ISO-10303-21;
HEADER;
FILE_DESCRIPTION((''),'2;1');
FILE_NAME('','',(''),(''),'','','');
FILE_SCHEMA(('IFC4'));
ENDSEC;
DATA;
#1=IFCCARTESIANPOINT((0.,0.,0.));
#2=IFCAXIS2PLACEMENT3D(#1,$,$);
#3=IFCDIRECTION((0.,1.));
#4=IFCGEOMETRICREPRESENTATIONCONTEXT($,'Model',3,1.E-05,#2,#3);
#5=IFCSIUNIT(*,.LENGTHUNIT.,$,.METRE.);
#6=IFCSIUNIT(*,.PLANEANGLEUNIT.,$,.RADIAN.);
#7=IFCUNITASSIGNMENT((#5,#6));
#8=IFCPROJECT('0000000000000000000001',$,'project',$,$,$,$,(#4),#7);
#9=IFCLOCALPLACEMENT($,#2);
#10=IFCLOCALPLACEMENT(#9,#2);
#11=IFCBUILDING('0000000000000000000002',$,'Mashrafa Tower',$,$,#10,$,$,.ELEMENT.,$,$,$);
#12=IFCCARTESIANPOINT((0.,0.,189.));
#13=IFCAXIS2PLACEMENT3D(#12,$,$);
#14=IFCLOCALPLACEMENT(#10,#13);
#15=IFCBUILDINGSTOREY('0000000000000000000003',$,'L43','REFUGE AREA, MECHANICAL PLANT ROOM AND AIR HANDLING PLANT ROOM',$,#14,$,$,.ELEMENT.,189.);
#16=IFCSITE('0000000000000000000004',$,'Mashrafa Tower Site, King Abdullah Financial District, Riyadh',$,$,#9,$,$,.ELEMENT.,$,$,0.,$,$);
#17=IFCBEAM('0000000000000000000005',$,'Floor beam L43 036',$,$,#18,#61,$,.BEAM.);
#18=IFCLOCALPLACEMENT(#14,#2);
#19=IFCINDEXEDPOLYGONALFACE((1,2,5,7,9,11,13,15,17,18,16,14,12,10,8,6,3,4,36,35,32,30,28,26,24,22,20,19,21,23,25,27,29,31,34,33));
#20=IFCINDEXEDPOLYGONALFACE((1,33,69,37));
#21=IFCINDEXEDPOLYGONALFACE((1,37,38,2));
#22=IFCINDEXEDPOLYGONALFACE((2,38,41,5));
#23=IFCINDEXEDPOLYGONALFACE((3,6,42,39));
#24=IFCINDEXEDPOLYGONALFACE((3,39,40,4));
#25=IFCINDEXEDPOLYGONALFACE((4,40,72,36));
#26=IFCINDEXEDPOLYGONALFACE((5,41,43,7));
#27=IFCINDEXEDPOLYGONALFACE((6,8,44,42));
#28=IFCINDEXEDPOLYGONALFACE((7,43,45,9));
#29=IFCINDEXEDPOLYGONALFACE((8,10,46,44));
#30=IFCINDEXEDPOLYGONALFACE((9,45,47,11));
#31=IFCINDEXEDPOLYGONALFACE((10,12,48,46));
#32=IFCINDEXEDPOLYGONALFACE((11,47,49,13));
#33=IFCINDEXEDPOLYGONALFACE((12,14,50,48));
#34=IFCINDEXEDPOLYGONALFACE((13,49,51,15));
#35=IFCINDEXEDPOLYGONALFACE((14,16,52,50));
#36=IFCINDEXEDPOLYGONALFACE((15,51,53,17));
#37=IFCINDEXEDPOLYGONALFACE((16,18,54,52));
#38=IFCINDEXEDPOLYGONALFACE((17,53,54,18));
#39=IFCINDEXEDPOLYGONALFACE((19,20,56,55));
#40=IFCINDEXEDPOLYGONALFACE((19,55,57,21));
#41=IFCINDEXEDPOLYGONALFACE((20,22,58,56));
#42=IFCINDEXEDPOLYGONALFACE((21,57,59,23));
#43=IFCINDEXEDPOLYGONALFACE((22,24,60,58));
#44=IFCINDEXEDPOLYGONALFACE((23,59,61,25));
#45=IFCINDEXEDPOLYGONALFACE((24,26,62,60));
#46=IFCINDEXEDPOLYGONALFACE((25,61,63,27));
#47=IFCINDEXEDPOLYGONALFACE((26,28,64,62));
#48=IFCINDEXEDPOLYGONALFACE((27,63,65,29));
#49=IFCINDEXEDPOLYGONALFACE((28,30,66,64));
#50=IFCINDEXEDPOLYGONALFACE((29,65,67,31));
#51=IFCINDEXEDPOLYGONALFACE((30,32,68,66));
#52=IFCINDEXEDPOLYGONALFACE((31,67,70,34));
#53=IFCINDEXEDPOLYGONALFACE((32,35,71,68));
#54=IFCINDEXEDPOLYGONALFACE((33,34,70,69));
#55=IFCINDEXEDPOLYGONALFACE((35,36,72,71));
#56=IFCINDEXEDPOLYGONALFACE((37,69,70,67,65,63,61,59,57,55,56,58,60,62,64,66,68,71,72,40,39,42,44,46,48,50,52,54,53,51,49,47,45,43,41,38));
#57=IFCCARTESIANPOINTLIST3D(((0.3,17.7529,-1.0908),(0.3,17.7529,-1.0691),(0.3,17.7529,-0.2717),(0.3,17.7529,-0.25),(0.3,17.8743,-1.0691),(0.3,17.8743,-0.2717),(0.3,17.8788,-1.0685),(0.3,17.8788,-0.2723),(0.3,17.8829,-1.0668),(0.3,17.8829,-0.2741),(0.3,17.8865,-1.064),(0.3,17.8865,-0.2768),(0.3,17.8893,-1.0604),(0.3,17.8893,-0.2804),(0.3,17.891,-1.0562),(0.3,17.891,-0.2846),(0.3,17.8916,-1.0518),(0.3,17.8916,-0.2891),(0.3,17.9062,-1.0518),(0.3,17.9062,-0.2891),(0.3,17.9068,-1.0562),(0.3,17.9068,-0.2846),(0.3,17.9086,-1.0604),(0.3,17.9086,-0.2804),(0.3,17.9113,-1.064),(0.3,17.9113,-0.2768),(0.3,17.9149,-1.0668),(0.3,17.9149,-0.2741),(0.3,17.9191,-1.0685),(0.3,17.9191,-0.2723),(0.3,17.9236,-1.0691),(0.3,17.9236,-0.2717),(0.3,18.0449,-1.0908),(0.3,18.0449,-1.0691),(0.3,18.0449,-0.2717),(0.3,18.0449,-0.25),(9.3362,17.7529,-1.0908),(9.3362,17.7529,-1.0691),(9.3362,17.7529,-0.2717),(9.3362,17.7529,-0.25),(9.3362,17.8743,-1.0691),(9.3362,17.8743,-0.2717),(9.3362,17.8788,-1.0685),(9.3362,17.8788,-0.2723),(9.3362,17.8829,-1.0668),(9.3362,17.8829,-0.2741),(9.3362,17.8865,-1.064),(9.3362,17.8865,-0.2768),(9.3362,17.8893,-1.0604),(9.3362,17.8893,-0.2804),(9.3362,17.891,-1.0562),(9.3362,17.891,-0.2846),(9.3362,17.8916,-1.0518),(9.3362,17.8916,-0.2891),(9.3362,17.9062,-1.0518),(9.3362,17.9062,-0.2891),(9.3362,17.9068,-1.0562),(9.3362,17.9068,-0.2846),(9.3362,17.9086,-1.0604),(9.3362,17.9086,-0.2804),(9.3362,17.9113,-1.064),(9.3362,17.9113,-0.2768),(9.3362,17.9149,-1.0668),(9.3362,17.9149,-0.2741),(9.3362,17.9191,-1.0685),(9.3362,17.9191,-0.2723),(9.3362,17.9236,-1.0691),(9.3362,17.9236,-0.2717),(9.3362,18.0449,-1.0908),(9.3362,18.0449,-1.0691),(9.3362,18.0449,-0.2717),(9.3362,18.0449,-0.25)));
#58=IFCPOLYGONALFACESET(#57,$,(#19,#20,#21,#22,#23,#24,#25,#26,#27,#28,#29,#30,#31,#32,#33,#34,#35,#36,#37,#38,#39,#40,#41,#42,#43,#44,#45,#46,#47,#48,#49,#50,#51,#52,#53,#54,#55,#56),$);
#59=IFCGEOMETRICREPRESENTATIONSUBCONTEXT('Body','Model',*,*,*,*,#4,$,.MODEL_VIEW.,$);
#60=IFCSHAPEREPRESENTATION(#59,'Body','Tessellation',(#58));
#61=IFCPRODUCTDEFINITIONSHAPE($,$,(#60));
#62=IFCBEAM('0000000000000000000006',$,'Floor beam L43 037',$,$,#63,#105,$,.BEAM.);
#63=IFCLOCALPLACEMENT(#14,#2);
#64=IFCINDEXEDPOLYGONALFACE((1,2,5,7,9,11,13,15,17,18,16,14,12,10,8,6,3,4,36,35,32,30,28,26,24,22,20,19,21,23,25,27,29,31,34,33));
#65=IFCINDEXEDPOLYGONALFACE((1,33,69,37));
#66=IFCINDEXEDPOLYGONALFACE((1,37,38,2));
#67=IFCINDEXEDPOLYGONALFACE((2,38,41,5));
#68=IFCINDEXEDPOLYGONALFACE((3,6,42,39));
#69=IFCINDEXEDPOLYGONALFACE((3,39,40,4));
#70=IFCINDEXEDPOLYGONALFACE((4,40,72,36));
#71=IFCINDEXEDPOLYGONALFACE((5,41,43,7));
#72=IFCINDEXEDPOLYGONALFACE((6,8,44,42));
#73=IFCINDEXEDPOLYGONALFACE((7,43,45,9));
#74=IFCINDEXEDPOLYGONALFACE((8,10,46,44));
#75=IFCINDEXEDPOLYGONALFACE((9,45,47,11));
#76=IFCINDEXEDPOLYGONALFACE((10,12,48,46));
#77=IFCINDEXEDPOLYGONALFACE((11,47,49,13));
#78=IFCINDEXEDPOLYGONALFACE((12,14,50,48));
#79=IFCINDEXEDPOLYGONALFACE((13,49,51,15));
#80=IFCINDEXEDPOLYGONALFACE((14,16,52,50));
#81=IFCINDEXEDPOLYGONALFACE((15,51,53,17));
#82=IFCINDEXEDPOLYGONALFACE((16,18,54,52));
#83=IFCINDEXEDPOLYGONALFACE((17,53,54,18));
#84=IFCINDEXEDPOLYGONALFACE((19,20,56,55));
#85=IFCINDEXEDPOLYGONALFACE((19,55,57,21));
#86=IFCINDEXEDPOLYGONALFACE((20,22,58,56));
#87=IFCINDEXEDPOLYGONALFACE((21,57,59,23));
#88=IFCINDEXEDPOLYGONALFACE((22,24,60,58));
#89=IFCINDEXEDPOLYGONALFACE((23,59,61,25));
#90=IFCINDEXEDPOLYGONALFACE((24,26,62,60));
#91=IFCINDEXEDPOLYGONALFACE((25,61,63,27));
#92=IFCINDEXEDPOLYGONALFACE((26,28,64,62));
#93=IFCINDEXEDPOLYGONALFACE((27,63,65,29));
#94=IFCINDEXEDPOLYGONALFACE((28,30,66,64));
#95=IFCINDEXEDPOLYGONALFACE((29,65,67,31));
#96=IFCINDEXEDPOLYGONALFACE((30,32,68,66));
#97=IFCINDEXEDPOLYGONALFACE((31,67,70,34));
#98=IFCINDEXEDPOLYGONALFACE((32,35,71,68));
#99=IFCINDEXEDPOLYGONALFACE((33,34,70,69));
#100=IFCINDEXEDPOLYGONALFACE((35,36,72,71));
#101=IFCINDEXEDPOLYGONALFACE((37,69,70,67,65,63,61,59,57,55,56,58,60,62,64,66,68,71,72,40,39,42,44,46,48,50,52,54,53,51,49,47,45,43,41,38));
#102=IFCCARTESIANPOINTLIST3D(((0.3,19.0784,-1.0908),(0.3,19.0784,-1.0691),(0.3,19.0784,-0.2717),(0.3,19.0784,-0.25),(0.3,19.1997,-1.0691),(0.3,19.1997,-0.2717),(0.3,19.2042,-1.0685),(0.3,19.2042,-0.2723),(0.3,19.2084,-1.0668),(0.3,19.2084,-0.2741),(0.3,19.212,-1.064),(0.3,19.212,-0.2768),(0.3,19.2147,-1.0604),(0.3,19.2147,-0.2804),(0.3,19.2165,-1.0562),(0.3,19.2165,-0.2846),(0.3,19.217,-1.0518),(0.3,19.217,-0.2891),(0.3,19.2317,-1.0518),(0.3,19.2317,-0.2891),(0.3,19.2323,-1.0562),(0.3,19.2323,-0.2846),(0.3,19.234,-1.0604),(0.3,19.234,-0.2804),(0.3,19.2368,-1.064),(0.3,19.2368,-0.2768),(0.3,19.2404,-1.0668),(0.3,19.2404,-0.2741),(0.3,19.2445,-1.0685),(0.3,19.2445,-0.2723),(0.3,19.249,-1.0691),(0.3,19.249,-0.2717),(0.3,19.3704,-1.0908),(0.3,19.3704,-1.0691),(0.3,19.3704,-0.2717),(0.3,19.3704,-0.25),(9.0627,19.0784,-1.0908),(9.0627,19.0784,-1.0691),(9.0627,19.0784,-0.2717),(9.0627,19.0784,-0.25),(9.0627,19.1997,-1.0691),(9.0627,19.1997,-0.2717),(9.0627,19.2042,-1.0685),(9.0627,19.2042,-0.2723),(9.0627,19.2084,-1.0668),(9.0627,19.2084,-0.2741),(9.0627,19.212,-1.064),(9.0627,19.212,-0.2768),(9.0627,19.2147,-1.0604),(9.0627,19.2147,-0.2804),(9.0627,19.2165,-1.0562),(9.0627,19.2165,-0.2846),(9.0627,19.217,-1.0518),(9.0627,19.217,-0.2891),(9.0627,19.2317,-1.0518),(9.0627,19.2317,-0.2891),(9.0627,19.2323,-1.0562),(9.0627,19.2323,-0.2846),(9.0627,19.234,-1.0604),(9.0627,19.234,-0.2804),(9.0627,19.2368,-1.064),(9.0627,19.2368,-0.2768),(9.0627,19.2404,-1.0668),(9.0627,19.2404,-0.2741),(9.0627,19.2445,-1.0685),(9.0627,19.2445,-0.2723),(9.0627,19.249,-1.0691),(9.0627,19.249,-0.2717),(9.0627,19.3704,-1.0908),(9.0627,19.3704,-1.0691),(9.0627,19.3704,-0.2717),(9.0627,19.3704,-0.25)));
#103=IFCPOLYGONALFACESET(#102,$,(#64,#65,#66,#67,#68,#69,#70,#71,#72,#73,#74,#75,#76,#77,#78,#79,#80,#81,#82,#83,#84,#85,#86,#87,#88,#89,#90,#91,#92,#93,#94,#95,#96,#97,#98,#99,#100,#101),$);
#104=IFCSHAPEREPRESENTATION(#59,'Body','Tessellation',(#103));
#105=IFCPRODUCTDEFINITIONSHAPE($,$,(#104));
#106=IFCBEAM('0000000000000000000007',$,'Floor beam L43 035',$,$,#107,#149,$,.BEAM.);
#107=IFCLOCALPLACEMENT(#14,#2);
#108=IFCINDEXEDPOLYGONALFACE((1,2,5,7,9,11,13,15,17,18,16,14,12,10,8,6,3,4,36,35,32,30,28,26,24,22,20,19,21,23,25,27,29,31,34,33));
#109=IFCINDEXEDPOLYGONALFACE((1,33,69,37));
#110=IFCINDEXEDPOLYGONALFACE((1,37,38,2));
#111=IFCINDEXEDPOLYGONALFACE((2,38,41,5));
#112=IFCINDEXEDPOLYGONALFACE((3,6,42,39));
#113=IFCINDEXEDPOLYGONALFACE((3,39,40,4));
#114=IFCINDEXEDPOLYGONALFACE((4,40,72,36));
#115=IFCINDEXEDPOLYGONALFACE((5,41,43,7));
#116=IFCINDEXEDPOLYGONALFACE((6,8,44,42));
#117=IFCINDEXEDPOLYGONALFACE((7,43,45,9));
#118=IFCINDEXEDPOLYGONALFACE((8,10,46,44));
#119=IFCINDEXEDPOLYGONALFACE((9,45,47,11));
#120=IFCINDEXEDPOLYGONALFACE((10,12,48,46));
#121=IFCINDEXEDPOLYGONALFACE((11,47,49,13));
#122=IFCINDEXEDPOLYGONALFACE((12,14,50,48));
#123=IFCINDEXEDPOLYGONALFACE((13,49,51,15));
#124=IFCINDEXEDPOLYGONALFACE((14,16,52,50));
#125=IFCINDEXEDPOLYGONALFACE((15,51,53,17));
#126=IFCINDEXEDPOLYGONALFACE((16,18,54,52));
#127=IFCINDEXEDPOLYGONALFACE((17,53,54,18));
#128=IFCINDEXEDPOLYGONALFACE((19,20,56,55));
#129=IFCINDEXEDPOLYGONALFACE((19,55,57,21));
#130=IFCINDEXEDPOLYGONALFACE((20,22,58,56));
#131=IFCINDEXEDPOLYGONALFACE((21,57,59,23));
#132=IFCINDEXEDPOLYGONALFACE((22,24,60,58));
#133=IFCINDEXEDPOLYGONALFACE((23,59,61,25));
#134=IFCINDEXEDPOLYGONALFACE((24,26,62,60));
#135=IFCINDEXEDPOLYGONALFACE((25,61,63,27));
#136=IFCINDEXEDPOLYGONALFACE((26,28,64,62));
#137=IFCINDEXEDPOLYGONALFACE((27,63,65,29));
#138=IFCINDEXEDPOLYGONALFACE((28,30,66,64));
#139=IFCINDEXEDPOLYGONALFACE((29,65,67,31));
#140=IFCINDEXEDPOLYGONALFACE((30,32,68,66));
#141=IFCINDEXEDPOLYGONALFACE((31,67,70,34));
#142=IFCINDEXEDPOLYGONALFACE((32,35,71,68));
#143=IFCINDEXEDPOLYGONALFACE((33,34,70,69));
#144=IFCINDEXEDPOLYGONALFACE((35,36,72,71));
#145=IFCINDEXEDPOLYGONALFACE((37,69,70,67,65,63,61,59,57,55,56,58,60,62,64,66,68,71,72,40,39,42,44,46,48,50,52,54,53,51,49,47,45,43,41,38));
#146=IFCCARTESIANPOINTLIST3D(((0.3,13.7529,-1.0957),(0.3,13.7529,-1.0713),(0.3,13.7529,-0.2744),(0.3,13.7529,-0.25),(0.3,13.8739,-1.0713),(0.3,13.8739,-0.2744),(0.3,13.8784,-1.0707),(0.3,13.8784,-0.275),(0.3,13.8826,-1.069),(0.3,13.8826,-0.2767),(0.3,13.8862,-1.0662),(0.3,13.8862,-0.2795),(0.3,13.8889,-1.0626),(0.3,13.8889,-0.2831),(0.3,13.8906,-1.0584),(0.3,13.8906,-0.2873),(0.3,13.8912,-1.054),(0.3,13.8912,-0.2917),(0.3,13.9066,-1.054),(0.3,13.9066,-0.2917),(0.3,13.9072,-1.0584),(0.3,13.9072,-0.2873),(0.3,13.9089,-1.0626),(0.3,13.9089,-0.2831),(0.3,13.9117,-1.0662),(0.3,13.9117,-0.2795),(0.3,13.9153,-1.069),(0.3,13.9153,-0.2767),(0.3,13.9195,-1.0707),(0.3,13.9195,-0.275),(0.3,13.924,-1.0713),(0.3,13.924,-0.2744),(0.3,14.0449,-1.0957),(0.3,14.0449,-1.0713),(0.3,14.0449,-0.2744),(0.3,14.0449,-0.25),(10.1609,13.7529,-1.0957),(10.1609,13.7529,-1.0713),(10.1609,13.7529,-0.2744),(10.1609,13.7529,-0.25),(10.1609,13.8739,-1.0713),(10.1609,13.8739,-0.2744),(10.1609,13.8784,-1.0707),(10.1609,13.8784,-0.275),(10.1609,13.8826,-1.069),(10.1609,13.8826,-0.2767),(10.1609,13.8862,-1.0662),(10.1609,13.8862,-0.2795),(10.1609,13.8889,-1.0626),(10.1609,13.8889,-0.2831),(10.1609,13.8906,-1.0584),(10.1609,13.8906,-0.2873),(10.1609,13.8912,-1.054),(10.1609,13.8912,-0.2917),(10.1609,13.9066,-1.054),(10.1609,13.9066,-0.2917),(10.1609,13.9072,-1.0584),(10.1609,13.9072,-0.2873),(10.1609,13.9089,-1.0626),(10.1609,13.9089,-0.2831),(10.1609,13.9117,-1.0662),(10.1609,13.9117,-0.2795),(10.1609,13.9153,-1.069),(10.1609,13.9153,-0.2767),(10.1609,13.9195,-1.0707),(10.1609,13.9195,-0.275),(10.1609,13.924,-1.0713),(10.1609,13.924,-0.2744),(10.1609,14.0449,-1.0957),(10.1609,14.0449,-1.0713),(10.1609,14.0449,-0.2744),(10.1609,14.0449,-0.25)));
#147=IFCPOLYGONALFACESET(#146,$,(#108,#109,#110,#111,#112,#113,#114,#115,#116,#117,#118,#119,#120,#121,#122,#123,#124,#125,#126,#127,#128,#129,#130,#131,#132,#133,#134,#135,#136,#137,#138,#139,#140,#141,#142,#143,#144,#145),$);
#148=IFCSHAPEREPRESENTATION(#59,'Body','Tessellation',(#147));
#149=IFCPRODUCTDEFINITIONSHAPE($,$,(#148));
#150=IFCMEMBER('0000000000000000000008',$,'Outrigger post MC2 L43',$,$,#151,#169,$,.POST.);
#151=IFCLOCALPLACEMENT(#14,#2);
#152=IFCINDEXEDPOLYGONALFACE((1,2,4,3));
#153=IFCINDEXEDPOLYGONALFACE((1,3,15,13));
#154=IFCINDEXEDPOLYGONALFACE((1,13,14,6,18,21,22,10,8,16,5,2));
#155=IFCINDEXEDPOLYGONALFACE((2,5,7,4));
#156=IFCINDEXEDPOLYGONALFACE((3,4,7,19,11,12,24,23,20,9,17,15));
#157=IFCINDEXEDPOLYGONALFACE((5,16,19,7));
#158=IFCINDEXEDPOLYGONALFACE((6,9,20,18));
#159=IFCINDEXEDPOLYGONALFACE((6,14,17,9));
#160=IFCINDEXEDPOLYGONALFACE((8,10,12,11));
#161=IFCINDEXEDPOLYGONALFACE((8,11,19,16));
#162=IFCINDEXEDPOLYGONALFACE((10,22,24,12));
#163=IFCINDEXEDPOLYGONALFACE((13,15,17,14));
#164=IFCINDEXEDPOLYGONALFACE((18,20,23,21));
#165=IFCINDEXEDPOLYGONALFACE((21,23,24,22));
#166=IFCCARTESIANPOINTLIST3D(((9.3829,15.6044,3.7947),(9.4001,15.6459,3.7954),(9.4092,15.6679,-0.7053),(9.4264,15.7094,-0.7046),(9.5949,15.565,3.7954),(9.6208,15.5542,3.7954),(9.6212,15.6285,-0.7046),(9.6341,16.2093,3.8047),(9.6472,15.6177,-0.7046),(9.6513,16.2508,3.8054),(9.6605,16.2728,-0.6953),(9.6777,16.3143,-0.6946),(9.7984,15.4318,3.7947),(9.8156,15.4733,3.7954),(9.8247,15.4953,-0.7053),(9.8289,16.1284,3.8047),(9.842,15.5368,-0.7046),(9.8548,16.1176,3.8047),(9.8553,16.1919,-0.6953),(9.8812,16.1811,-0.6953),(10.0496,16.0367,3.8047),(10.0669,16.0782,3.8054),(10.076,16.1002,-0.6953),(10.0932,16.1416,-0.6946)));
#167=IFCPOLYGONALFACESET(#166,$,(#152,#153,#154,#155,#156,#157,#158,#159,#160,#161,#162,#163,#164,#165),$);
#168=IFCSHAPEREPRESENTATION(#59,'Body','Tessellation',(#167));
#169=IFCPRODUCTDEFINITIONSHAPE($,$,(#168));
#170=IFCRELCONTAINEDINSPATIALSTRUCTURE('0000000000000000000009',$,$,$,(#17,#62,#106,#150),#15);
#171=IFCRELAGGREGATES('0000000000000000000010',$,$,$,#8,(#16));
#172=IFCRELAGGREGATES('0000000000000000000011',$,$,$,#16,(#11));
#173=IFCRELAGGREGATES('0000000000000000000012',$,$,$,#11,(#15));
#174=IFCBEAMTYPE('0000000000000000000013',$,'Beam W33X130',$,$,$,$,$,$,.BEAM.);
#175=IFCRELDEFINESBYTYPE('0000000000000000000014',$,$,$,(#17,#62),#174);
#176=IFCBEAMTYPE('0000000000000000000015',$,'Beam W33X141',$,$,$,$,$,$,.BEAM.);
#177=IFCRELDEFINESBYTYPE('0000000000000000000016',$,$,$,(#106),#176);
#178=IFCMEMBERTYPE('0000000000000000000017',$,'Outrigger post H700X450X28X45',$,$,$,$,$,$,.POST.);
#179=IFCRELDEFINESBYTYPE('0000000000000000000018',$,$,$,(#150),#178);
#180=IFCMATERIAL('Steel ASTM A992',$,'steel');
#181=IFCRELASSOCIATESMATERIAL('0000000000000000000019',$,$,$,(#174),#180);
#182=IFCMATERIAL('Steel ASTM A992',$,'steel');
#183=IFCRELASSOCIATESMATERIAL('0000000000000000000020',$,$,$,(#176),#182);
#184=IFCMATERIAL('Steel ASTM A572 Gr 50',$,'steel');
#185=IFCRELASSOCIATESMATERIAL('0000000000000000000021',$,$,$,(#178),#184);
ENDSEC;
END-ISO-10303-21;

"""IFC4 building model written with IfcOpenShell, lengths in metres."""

from ifc_helpers import new_model, si_unit, direction, frame, origin, origin_2d, place, context, subcontext, project, spatial, i_section, extrude, source, transform, mapped, material, material_profile, profile_set, type_object, type_shapes, element, save


model = new_model("IFC4")

# Units and contexts
model_context = context("Model", 3, precision=1e-05, world=origin(), true_north=direction((0.0, 1.0)))
body_context = subcontext(model_context, "Body", "Model", "MODEL_VIEW")
ifc_project = project(units=[si_unit("LENGTHUNIT", "METRE"), si_unit("PLANEANGLEUNIT", "RADIAN")], contexts=[model_context])

# Site, building, storey
site_placement = place(None, origin())
site = spatial("IfcSite", under=ifc_project, at=site_placement, Name="Mashrafa Tower Site, King Abdullah Financial District, Riyadh", CompositionType="ELEMENT", RefElevation=0.0)
building_placement = place(site_placement, origin())
building = spatial("IfcBuilding", under=site, at=building_placement, Name="Mashrafa Tower", CompositionType="ELEMENT")
storey_placement = place(building_placement, frame((0.0, 0.0, 189.0)))
storey = spatial("IfcBuildingStorey", under=building, at=storey_placement, Name="L43", Description="REFUGE AREA, MECHANICAL PLANT ROOM AND AIR HANDLING PLANT ROOM", CompositionType="ELEMENT", Elevation=189.0)

# Beams
ifc_material_1 = material(Name="Steel ASTM A992", Category="steel")
ifc_material_profile_1 = material_profile(ifc_material_1, i_section(OverallWidth=0.292, OverallDepth=0.8408, WebThickness=0.0146, FlangeThickness=0.0217, FilletRadius=0.0173, at=origin_2d()), Name="W33X130")
ifc_profile_set_1 = profile_set([ifc_material_profile_1], Name="Steel ASTM A992")
beam_type_1 = type_object("IfcBeamType", Name="Beam W33X130", PredefinedType="BEAM", material=ifc_profile_set_1)
beam_1_placement = place(storey_placement, frame((0.3, 17.8989, -0.6704), z_axis=(1.0, 0.0, 0.0), x_axis=(0.0, 1.0, 0.0)))
element("IfcBeam", 1, at=beam_1_placement, inside=storey, type_object=beam_type_1, Name="Floor beam L43 036", PredefinedType="BEAM", context=body_context, shape_type="SweptSolid", body=[
    extrude(i_section(OverallWidth=0.292, OverallDepth=0.8408, WebThickness=0.0146, FlangeThickness=0.0217, FilletRadius=0.0173, at=origin_2d()), origin(), (0.0, 0.0, 1.0), 9.0361),
])
beam_2_placement = place(storey_placement, frame((0.3, 19.2244, -0.6704), z_axis=(1.0, 0.0, 0.0), x_axis=(0.0, 1.0, 0.0)))
element("IfcBeam", 2, at=beam_2_placement, inside=storey, type_object=beam_type_1, Name="Floor beam L43 037", PredefinedType="BEAM", context=body_context, shape_type="SweptSolid", body=[
    extrude(i_section(OverallWidth=0.292, OverallDepth=0.8408, WebThickness=0.0146, FlangeThickness=0.0217, FilletRadius=0.0173, at=origin_2d()), origin(), (0.0, 0.0, 1.0), 8.7627),
])
ifc_material_2 = material(Name="Steel ASTM A992", Category="steel")
ifc_material_profile_2 = material_profile(ifc_material_2, i_section(OverallWidth=0.292, OverallDepth=0.8457, WebThickness=0.0154, FlangeThickness=0.0244, FilletRadius=0.0173, at=origin_2d()), Name="W33X141")
ifc_profile_set_2 = profile_set([ifc_material_profile_2], Name="Steel ASTM A992")
beam_type_2 = type_object("IfcBeamType", Name="Beam W33X141", PredefinedType="BEAM", material=ifc_profile_set_2)
beam_3_placement = place(storey_placement, frame((0.3, 13.8989, -0.6729), z_axis=(1.0, 0.0, 0.0), x_axis=(0.0, 1.0, 0.0)))
element("IfcBeam", 3, at=beam_3_placement, inside=storey, type_object=beam_type_2, Name="Floor beam L43 035", PredefinedType="BEAM", context=body_context, shape_type="SweptSolid", body=[
    extrude(i_section(OverallWidth=0.292, OverallDepth=0.8457, WebThickness=0.0154, FlangeThickness=0.0244, FilletRadius=0.0173, at=origin_2d()), origin(), (0.0, 0.0, 1.0), 9.8608),
])

# Member
ifc_material_3 = material(Name="Steel ASTM A572 Gr 50", Category="steel")
ifc_material_profile_3 = material_profile(ifc_material_3, i_section(OverallWidth=0.45, OverallDepth=0.7, WebThickness=0.0281, FlangeThickness=0.0449, at=origin_2d()), Name="H700X450X28X45")
ifc_profile_set_3 = profile_set([ifc_material_profile_3], Name="Steel ASTM A572 Gr 50")
member_type_1 = type_object("IfcMemberType", Name="Outrigger post H700X450X28X45", PredefinedType="POST", material=ifc_profile_set_3)
shared_shape_1 = source(origin(), body_context, "Body", "SweptSolid", [
    extrude(i_section(OverallWidth=0.45, OverallDepth=0.7, WebThickness=0.0281, FlangeThickness=0.0449, at=origin_2d()), origin(), (0.0, 0.0, 1.0), 4.5005),
])
type_shapes(member_type_1, [shared_shape_1])
member_1_placement = place(storey_placement, frame((9.7512, 15.9048, -0.7), z_axis=(-0.005859, -0.014104, 0.999883), x_axis=(0.923497, -0.383606, 0.0)))
element("IfcMember", 4, at=member_1_placement, inside=storey, type_object=member_type_1, Name="Outrigger post MC2 L43", PredefinedType="POST", context=body_context, shape_type="MappedRepresentation", body=[
    mapped(shared_shape_1, transform((0.0, 0.0, 0.0))),
])

save(model, "model.ifc")
